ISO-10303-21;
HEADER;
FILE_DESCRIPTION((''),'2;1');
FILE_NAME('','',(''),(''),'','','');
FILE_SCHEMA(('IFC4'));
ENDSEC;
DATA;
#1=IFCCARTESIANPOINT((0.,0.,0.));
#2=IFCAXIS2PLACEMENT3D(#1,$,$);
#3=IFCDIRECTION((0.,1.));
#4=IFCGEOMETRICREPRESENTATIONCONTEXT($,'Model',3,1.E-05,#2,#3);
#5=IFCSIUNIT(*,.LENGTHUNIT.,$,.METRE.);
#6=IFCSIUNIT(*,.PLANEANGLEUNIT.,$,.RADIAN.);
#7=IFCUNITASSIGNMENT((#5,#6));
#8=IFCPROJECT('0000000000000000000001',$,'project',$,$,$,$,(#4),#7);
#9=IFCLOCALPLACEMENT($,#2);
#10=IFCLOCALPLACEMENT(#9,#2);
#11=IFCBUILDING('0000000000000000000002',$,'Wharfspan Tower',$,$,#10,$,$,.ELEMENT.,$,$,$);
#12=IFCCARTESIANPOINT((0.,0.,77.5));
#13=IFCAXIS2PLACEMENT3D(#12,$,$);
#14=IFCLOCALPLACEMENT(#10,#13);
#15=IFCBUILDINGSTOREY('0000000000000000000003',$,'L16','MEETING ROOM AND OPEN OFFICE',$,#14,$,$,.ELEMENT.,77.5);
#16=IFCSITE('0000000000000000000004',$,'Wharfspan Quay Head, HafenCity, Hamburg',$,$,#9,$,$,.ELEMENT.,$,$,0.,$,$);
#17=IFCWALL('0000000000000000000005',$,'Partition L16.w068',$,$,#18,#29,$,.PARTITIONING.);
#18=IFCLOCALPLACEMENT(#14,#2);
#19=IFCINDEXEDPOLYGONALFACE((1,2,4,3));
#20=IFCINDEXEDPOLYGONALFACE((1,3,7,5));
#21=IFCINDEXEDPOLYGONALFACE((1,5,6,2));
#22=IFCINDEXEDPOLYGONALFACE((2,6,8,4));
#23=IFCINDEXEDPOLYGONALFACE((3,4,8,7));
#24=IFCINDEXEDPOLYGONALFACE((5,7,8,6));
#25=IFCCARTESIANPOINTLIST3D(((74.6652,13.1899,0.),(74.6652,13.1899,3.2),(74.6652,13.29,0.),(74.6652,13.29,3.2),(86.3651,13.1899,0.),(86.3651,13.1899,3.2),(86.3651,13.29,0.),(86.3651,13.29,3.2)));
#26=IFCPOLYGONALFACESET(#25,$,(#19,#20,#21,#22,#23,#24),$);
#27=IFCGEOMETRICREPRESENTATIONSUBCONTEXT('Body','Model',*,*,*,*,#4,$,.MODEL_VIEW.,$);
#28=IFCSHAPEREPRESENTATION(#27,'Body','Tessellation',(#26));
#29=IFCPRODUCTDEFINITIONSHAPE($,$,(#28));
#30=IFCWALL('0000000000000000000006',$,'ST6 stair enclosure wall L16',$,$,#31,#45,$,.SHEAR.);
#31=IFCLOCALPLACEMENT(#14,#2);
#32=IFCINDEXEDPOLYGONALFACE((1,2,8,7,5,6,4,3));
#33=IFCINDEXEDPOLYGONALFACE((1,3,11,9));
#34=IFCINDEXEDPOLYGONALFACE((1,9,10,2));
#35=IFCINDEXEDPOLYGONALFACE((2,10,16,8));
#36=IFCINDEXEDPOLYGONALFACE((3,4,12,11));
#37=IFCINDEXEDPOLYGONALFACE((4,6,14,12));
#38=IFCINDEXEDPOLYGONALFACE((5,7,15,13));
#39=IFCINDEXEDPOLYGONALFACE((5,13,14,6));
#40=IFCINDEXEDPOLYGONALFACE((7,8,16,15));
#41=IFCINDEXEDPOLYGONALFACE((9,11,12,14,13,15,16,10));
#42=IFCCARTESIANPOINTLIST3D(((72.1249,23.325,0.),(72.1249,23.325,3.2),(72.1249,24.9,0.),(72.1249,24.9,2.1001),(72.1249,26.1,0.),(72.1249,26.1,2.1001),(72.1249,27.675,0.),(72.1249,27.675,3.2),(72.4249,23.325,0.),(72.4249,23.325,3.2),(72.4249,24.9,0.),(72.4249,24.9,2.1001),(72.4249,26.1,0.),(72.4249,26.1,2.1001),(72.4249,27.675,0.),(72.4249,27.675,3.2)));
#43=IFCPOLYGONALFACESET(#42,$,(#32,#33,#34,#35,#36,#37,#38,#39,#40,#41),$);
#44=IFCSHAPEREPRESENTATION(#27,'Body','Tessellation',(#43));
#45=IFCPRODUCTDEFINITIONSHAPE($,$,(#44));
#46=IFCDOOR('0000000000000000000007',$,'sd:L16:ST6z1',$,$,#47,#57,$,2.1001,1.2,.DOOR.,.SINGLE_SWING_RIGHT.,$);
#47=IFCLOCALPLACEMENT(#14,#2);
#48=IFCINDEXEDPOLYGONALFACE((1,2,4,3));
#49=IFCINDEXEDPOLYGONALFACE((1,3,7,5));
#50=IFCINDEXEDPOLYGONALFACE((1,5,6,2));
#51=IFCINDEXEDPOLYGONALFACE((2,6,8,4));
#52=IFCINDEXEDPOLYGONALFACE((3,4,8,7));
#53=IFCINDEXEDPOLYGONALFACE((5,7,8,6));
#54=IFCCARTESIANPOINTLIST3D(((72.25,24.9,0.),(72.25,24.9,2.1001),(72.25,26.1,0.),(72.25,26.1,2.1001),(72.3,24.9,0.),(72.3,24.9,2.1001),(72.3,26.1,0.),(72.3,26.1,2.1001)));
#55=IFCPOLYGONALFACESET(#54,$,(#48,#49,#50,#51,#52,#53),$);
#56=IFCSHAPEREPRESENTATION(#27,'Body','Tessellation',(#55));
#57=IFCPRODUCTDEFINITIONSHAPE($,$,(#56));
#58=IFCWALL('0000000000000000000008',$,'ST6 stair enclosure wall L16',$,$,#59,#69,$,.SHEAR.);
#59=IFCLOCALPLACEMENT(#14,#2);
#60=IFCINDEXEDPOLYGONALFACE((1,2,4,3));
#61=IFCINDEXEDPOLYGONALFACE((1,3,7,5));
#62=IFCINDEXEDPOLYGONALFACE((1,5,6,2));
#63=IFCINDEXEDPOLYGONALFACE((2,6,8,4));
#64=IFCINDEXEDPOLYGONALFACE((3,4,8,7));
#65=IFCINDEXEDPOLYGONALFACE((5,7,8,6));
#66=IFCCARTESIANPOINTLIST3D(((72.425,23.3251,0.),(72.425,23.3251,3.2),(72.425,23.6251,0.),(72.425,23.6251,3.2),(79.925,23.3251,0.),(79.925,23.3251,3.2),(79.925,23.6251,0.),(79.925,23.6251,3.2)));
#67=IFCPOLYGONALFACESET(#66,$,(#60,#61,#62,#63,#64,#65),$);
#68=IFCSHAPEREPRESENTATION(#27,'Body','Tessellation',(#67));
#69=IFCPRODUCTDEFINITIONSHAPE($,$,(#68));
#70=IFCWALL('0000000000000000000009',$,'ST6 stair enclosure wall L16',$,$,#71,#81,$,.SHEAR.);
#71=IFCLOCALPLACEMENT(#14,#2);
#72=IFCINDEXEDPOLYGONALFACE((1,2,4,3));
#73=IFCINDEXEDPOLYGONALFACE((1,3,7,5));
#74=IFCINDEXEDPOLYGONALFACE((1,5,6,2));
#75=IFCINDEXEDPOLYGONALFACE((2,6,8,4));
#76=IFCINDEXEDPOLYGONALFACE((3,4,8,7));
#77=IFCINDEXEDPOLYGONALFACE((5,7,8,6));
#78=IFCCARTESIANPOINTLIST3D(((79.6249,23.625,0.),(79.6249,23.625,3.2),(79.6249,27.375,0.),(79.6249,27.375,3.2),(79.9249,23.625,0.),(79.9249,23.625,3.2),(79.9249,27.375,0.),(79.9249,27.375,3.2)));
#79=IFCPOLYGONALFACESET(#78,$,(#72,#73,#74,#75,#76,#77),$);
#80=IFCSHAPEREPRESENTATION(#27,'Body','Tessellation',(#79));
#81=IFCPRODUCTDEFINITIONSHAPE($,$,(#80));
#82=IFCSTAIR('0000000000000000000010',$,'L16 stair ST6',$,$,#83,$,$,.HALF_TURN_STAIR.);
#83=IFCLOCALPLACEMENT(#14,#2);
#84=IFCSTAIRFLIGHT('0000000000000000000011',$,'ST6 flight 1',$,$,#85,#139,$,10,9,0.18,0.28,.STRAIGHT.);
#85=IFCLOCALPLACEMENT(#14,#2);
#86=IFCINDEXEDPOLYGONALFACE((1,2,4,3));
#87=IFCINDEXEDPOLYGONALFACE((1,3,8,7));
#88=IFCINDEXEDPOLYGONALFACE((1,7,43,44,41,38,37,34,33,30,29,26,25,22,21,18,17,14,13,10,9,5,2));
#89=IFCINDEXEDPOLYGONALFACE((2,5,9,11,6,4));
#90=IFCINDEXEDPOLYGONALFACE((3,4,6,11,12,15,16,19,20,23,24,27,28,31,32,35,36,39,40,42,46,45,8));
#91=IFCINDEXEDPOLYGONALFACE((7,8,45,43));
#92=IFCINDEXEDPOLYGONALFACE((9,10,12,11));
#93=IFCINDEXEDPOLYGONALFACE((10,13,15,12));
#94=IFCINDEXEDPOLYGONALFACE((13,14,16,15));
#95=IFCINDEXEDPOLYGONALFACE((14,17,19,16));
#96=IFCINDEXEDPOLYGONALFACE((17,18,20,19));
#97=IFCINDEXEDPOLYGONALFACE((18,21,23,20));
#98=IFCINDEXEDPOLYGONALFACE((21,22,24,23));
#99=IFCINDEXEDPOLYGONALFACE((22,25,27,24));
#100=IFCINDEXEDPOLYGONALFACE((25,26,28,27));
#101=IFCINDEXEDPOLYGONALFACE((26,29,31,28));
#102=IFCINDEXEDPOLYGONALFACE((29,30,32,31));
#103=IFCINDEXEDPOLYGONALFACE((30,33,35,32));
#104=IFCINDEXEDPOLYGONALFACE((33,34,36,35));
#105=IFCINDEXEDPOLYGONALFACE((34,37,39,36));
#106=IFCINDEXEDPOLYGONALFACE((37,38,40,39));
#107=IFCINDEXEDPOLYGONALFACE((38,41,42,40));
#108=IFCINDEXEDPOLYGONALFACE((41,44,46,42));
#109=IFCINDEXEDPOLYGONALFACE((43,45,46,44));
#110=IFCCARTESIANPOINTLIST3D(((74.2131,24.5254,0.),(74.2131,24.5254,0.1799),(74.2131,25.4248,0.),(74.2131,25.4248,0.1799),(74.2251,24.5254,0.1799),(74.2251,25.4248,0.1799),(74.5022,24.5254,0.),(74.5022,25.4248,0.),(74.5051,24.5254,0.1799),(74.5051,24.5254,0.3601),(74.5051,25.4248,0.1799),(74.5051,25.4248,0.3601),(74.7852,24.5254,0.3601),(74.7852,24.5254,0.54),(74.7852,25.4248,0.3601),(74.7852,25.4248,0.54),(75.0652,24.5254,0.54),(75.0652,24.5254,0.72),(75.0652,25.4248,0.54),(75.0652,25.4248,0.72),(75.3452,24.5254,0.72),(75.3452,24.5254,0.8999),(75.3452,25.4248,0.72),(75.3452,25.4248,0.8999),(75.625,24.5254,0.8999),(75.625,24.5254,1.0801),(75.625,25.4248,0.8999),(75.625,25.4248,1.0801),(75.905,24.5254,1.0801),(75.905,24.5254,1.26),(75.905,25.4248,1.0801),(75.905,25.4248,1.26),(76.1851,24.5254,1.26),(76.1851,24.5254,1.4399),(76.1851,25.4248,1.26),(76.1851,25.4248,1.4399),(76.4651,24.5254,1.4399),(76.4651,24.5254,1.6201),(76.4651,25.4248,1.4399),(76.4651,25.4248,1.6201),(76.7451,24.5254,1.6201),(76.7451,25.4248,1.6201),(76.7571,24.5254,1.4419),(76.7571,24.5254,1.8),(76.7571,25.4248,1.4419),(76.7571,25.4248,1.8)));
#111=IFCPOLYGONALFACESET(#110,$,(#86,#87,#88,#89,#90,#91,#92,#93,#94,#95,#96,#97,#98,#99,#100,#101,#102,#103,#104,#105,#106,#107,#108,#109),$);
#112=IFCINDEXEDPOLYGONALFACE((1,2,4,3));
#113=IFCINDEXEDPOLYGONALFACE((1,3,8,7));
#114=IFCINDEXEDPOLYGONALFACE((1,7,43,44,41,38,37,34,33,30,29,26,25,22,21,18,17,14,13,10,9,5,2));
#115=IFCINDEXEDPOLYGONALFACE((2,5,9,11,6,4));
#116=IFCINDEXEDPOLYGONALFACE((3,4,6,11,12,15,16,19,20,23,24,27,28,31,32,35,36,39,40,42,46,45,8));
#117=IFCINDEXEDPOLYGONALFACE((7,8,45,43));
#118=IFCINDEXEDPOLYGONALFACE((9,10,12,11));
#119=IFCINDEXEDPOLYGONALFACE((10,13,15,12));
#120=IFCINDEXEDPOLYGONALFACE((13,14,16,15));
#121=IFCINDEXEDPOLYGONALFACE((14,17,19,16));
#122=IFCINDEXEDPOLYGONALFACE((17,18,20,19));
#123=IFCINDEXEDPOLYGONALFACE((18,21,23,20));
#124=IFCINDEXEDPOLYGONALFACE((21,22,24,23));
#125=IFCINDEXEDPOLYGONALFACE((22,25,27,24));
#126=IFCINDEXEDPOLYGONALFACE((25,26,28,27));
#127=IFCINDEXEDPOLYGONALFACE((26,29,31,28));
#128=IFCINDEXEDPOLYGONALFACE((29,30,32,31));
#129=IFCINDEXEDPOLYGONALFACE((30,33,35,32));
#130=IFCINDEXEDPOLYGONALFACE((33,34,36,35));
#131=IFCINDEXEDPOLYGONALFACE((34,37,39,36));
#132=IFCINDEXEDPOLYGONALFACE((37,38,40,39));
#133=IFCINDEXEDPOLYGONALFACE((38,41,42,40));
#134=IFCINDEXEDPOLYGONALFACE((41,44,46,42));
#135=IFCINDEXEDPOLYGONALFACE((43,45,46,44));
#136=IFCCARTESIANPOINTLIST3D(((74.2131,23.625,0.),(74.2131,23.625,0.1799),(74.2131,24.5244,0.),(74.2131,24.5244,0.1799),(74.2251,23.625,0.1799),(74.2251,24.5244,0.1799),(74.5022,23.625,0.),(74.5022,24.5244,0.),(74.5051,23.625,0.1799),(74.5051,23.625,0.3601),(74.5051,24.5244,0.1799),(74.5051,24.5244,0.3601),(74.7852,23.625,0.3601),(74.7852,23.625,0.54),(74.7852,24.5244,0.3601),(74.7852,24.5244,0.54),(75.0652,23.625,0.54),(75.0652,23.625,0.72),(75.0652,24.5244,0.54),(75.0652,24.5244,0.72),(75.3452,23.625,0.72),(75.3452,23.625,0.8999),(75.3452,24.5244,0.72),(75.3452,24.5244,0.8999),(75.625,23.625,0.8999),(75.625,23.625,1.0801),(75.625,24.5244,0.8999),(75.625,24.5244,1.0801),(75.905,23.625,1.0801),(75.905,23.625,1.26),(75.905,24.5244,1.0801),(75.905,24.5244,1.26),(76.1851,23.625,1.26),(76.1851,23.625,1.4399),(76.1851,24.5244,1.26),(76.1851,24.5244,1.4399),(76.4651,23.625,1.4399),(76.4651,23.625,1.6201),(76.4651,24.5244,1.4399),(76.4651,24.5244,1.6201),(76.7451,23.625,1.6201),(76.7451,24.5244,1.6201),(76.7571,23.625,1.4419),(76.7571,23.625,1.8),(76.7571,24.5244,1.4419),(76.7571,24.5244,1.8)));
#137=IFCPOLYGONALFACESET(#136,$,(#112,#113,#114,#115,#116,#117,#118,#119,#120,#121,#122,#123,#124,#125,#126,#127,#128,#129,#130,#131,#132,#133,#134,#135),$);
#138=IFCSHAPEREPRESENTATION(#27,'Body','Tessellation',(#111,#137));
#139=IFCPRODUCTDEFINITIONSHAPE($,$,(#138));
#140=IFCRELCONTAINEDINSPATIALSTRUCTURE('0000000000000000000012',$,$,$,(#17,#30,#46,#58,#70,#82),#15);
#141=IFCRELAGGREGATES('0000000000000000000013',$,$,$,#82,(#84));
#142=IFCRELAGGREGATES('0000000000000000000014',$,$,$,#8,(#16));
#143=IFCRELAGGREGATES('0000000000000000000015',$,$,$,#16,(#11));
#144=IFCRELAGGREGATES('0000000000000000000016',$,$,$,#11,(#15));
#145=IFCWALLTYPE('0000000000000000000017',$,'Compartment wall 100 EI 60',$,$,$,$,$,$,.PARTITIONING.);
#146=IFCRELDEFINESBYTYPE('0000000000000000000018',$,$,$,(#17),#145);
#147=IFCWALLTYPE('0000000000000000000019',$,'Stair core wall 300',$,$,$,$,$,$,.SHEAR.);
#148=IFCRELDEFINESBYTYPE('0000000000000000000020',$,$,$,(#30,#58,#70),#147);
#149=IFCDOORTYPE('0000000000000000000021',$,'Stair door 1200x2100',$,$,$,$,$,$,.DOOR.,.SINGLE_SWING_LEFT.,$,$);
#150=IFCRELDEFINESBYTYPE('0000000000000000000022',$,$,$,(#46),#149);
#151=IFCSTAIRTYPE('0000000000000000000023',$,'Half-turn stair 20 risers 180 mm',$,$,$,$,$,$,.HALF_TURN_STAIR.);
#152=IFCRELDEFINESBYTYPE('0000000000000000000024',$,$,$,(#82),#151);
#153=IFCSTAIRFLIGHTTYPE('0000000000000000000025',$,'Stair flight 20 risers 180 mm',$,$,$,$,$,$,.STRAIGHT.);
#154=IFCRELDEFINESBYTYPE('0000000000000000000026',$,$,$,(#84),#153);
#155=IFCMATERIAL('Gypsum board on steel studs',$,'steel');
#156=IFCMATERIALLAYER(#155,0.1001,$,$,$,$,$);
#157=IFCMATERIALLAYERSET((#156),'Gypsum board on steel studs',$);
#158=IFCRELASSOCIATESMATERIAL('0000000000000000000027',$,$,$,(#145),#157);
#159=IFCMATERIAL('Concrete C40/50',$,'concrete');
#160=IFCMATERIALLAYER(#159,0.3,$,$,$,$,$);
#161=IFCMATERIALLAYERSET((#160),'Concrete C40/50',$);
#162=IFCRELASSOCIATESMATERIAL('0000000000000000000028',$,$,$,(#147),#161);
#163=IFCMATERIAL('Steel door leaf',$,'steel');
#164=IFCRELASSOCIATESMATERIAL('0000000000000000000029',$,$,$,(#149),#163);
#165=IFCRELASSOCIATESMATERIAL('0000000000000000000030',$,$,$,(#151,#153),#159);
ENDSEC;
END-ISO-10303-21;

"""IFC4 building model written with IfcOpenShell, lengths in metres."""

from ifc_helpers import new_model, si_unit, direction, frame, frame_2d, origin, place, context, subcontext, project, spatial, polyline, rectangle, outline, extrude, material, layer, layer_set, type_object, element, fill, aggregate, save


model = new_model("IFC4")

# Units and contexts
model_context = context("Model", 3, precision=1e-05, world=origin(), true_north=direction((0.0, 1.0)))
body_context = subcontext(model_context, "Body", "Model", "MODEL_VIEW")
ifc_project = project(units=[si_unit("LENGTHUNIT", "METRE"), si_unit("PLANEANGLEUNIT", "RADIAN")], contexts=[model_context])

# Site, building, storey
site_placement = place(None, origin())
site = spatial("IfcSite", under=ifc_project, at=site_placement, Name="Wharfspan Quay Head, HafenCity, Hamburg", CompositionType="ELEMENT", RefElevation=0.0)
building_placement = place(site_placement, origin())
building = spatial("IfcBuilding", under=site, at=building_placement, Name="Wharfspan Tower", CompositionType="ELEMENT")
storey_placement = place(building_placement, frame((0.0, 0.0, 77.5)))
storey = spatial("IfcBuildingStorey", under=building, at=storey_placement, Name="L16", Description="MEETING ROOM AND OPEN OFFICE", CompositionType="ELEMENT", Elevation=77.5)

# Wall
ifc_material_1 = material(Name="Gypsum board on steel studs", Category="steel")
ifc_layer_1 = layer(ifc_material_1, 0.1001)
ifc_layer_set_1 = layer_set([ifc_layer_1], Name="Gypsum board on steel studs")
wall_type_1 = type_object("IfcWallType", Name="Compartment wall 100 EI 60", PredefinedType="PARTITIONING", material=ifc_layer_set_1)
wall_1_placement = place(storey_placement, frame((74.665, 13.24, 0.0), z_axis=(0.0, 0.0, 1.0), x_axis=(1.0, 0.0, 0.0)))
element("IfcWall", 1, at=wall_1_placement, inside=storey, type_object=wall_type_1, Name="Partition L16.w068", PredefinedType="PARTITIONING", context=body_context, shape_type="SweptSolid", body=[
    extrude(rectangle(XDim=11.7, YDim=0.1001, at=frame_2d((5.8501, 0.0))), origin(), (0.0, 0.0, 1.0), 3.2),
])

# Wall, opening, door
ifc_material_2 = material(Name="Concrete C40/50", Category="concrete")
ifc_layer_2 = layer(ifc_material_2, 0.3)
ifc_layer_set_2 = layer_set([ifc_layer_2], Name="Concrete C40/50")
wall_type_2 = type_object("IfcWallType", Name="Stair core wall 300", PredefinedType="SHEAR", material=ifc_layer_set_2)
wall_2_placement = place(storey_placement, frame((72.2749, 23.325, 0.0), z_axis=(0.0, 0.0, 1.0), x_axis=(0.0, 1.0, 0.0)))
wall_2 = element("IfcWall", 2, at=wall_2_placement, inside=storey, type_object=wall_type_2, Name="ST6 stair enclosure wall L16", PredefinedType="SHEAR", context=body_context, shape_type="SweptSolid", body=[
    extrude(rectangle(XDim=4.3501, YDim=0.3, at=frame_2d((2.175, 0.0))), origin(), (0.0, 0.0, 1.0), 3.2),
])
opening_placement = place(wall_2_placement, frame((1.575, 0.0, 0.0)))
opening = element("IfcOpeningElement", 3, at=opening_placement, cuts=wall_2, PredefinedType="OPENING", context=body_context, shape_type="SweptSolid", body=[
    extrude(rectangle(XDim=1.2, YDim=2.1001, at=frame_2d((0.6001, 1.05))), frame((0.0, 0.1599, 0.0), z_axis=(0.0, -1.0, 0.0), x_axis=(1.0, 0.0, 0.0)), (0.0, 0.0, 1.0), 0.3201),
])
ifc_material_3 = material(Name="Steel door leaf", Category="steel")
door_type = type_object("IfcDoorType", Name="Stair door 1200x2100", OperationType="SINGLE_SWING_LEFT", PredefinedType="DOOR", material=ifc_material_3)
door_placement = place(opening_placement, origin())
door = element("IfcDoor", 4, at=door_placement, inside=storey, type_object=door_type, Name="sd:L16:ST6z1", OperationType="SINGLE_SWING_RIGHT", OverallHeight=2.1001, OverallWidth=1.2, PredefinedType="DOOR", context=body_context, shape_type="SweptSolid", body=[
    extrude(rectangle(XDim=1.2, YDim=2.1001, at=frame_2d((0.6001, 1.05))), frame((0.0, 0.0249, 0.0), z_axis=(0.0, -1.0, 0.0), x_axis=(1.0, 0.0, 0.0)), (0.0, 0.0, 1.0), 0.05),
])
fill(opening, door)

# Walls
wall_3_placement = place(storey_placement, frame((72.425, 23.4751, 0.0), z_axis=(0.0, 0.0, 1.0), x_axis=(1.0, 0.0, 0.0)))
element("IfcWall", 5, at=wall_3_placement, inside=storey, type_object=wall_type_2, Name="ST6 stair enclosure wall L16", PredefinedType="SHEAR", context=body_context, shape_type="SweptSolid", body=[
    extrude(rectangle(XDim=7.5, YDim=0.3, at=frame_2d((3.75, 0.0))), origin(), (0.0, 0.0, 1.0), 3.2),
])
wall_4_placement = place(storey_placement, frame((79.7749, 23.625, 0.0), z_axis=(0.0, 0.0, 1.0), x_axis=(0.0, 1.0, 0.0)))
element("IfcWall", 6, at=wall_4_placement, inside=storey, type_object=wall_type_2, Name="ST6 stair enclosure wall L16", PredefinedType="SHEAR", context=body_context, shape_type="SweptSolid", body=[
    extrude(rectangle(XDim=3.75, YDim=0.3, at=frame_2d((1.875, 0.0))), origin(), (0.0, 0.0, 1.0), 3.2),
])

# Stair, stair flight
stair_type = type_object("IfcStairType", Name="Half-turn stair 20 risers 180 mm", PredefinedType="HALF_TURN_STAIR", material=ifc_material_2)
stair_placement = place(storey_placement, origin())
stair = element("IfcStair", 7, at=stair_placement, inside=storey, type_object=stair_type, Name="L16 stair ST6", PredefinedType="HALF_TURN_STAIR")
stair_flight_type = type_object("IfcStairFlightType", Name="Stair flight 20 risers 180 mm", PredefinedType="STRAIGHT", material=ifc_material_2)
stair_flight_placement = place(storey_placement, frame((74.2251, 24.5249, 0.0), z_axis=(0.0, 0.0, 1.0), x_axis=(1.0, 0.0, 0.0)))
stair_flight = element("IfcStairFlight", 8, at=stair_flight_placement, type_object=stair_flight_type, Name="ST6 flight 1", NumberOfRisers=10, NumberOfTreads=9, PredefinedType="STRAIGHT", RiserHeight=0.18, TreadLength=0.28, context=body_context, shape_type="SweptSolid", body=[
    extrude(outline(polyline([(-0.012, 0.0), (-0.012, 0.1799), (0.0, 0.1799), (0.28, 0.1799), (0.28, 0.3601), (0.5601, 0.3601), (0.5601, 0.54), (0.8401, 0.54), (0.8401, 0.72), (1.1201, 0.72), (1.1201, 0.8999), (1.3999, 0.8999), (1.3999, 1.0801), (1.6799, 1.0801), (1.6799, 1.26), (1.96, 1.26), (1.96, 1.4399), (2.24, 1.4399), (2.24, 1.6201), (2.52, 1.6201), (2.532, 1.8), (2.532, 1.4419), (0.2771, 0.0), (-0.012, 0.0)])), frame((0.0, 0.8999, 0.0), z_axis=(0.0, -1.0, 0.0), x_axis=(1.0, 0.0, 0.0)), (0.0, 0.0, 1.0), 0.8994),
    extrude(outline(polyline([(-0.012, 0.0), (-0.012, 0.1799), (0.0, 0.1799), (0.28, 0.1799), (0.28, 0.3601), (0.5601, 0.3601), (0.5601, 0.54), (0.8401, 0.54), (0.8401, 0.72), (1.1201, 0.72), (1.1201, 0.8999), (1.3999, 0.8999), (1.3999, 1.0801), (1.6799, 1.0801), (1.6799, 1.26), (1.96, 1.26), (1.96, 1.4399), (2.24, 1.4399), (2.24, 1.6201), (2.52, 1.6201), (2.532, 1.8), (2.532, 1.4419), (0.2771, 0.0), (-0.012, 0.0)])), frame((0.0, -0.0005, 0.0), z_axis=(0.0, -1.0, 0.0), x_axis=(1.0, 0.0, 0.0)), (0.0, 0.0, 1.0), 0.8994),
])
aggregate(stair, [stair_flight])

save(model, "model.ifc")
